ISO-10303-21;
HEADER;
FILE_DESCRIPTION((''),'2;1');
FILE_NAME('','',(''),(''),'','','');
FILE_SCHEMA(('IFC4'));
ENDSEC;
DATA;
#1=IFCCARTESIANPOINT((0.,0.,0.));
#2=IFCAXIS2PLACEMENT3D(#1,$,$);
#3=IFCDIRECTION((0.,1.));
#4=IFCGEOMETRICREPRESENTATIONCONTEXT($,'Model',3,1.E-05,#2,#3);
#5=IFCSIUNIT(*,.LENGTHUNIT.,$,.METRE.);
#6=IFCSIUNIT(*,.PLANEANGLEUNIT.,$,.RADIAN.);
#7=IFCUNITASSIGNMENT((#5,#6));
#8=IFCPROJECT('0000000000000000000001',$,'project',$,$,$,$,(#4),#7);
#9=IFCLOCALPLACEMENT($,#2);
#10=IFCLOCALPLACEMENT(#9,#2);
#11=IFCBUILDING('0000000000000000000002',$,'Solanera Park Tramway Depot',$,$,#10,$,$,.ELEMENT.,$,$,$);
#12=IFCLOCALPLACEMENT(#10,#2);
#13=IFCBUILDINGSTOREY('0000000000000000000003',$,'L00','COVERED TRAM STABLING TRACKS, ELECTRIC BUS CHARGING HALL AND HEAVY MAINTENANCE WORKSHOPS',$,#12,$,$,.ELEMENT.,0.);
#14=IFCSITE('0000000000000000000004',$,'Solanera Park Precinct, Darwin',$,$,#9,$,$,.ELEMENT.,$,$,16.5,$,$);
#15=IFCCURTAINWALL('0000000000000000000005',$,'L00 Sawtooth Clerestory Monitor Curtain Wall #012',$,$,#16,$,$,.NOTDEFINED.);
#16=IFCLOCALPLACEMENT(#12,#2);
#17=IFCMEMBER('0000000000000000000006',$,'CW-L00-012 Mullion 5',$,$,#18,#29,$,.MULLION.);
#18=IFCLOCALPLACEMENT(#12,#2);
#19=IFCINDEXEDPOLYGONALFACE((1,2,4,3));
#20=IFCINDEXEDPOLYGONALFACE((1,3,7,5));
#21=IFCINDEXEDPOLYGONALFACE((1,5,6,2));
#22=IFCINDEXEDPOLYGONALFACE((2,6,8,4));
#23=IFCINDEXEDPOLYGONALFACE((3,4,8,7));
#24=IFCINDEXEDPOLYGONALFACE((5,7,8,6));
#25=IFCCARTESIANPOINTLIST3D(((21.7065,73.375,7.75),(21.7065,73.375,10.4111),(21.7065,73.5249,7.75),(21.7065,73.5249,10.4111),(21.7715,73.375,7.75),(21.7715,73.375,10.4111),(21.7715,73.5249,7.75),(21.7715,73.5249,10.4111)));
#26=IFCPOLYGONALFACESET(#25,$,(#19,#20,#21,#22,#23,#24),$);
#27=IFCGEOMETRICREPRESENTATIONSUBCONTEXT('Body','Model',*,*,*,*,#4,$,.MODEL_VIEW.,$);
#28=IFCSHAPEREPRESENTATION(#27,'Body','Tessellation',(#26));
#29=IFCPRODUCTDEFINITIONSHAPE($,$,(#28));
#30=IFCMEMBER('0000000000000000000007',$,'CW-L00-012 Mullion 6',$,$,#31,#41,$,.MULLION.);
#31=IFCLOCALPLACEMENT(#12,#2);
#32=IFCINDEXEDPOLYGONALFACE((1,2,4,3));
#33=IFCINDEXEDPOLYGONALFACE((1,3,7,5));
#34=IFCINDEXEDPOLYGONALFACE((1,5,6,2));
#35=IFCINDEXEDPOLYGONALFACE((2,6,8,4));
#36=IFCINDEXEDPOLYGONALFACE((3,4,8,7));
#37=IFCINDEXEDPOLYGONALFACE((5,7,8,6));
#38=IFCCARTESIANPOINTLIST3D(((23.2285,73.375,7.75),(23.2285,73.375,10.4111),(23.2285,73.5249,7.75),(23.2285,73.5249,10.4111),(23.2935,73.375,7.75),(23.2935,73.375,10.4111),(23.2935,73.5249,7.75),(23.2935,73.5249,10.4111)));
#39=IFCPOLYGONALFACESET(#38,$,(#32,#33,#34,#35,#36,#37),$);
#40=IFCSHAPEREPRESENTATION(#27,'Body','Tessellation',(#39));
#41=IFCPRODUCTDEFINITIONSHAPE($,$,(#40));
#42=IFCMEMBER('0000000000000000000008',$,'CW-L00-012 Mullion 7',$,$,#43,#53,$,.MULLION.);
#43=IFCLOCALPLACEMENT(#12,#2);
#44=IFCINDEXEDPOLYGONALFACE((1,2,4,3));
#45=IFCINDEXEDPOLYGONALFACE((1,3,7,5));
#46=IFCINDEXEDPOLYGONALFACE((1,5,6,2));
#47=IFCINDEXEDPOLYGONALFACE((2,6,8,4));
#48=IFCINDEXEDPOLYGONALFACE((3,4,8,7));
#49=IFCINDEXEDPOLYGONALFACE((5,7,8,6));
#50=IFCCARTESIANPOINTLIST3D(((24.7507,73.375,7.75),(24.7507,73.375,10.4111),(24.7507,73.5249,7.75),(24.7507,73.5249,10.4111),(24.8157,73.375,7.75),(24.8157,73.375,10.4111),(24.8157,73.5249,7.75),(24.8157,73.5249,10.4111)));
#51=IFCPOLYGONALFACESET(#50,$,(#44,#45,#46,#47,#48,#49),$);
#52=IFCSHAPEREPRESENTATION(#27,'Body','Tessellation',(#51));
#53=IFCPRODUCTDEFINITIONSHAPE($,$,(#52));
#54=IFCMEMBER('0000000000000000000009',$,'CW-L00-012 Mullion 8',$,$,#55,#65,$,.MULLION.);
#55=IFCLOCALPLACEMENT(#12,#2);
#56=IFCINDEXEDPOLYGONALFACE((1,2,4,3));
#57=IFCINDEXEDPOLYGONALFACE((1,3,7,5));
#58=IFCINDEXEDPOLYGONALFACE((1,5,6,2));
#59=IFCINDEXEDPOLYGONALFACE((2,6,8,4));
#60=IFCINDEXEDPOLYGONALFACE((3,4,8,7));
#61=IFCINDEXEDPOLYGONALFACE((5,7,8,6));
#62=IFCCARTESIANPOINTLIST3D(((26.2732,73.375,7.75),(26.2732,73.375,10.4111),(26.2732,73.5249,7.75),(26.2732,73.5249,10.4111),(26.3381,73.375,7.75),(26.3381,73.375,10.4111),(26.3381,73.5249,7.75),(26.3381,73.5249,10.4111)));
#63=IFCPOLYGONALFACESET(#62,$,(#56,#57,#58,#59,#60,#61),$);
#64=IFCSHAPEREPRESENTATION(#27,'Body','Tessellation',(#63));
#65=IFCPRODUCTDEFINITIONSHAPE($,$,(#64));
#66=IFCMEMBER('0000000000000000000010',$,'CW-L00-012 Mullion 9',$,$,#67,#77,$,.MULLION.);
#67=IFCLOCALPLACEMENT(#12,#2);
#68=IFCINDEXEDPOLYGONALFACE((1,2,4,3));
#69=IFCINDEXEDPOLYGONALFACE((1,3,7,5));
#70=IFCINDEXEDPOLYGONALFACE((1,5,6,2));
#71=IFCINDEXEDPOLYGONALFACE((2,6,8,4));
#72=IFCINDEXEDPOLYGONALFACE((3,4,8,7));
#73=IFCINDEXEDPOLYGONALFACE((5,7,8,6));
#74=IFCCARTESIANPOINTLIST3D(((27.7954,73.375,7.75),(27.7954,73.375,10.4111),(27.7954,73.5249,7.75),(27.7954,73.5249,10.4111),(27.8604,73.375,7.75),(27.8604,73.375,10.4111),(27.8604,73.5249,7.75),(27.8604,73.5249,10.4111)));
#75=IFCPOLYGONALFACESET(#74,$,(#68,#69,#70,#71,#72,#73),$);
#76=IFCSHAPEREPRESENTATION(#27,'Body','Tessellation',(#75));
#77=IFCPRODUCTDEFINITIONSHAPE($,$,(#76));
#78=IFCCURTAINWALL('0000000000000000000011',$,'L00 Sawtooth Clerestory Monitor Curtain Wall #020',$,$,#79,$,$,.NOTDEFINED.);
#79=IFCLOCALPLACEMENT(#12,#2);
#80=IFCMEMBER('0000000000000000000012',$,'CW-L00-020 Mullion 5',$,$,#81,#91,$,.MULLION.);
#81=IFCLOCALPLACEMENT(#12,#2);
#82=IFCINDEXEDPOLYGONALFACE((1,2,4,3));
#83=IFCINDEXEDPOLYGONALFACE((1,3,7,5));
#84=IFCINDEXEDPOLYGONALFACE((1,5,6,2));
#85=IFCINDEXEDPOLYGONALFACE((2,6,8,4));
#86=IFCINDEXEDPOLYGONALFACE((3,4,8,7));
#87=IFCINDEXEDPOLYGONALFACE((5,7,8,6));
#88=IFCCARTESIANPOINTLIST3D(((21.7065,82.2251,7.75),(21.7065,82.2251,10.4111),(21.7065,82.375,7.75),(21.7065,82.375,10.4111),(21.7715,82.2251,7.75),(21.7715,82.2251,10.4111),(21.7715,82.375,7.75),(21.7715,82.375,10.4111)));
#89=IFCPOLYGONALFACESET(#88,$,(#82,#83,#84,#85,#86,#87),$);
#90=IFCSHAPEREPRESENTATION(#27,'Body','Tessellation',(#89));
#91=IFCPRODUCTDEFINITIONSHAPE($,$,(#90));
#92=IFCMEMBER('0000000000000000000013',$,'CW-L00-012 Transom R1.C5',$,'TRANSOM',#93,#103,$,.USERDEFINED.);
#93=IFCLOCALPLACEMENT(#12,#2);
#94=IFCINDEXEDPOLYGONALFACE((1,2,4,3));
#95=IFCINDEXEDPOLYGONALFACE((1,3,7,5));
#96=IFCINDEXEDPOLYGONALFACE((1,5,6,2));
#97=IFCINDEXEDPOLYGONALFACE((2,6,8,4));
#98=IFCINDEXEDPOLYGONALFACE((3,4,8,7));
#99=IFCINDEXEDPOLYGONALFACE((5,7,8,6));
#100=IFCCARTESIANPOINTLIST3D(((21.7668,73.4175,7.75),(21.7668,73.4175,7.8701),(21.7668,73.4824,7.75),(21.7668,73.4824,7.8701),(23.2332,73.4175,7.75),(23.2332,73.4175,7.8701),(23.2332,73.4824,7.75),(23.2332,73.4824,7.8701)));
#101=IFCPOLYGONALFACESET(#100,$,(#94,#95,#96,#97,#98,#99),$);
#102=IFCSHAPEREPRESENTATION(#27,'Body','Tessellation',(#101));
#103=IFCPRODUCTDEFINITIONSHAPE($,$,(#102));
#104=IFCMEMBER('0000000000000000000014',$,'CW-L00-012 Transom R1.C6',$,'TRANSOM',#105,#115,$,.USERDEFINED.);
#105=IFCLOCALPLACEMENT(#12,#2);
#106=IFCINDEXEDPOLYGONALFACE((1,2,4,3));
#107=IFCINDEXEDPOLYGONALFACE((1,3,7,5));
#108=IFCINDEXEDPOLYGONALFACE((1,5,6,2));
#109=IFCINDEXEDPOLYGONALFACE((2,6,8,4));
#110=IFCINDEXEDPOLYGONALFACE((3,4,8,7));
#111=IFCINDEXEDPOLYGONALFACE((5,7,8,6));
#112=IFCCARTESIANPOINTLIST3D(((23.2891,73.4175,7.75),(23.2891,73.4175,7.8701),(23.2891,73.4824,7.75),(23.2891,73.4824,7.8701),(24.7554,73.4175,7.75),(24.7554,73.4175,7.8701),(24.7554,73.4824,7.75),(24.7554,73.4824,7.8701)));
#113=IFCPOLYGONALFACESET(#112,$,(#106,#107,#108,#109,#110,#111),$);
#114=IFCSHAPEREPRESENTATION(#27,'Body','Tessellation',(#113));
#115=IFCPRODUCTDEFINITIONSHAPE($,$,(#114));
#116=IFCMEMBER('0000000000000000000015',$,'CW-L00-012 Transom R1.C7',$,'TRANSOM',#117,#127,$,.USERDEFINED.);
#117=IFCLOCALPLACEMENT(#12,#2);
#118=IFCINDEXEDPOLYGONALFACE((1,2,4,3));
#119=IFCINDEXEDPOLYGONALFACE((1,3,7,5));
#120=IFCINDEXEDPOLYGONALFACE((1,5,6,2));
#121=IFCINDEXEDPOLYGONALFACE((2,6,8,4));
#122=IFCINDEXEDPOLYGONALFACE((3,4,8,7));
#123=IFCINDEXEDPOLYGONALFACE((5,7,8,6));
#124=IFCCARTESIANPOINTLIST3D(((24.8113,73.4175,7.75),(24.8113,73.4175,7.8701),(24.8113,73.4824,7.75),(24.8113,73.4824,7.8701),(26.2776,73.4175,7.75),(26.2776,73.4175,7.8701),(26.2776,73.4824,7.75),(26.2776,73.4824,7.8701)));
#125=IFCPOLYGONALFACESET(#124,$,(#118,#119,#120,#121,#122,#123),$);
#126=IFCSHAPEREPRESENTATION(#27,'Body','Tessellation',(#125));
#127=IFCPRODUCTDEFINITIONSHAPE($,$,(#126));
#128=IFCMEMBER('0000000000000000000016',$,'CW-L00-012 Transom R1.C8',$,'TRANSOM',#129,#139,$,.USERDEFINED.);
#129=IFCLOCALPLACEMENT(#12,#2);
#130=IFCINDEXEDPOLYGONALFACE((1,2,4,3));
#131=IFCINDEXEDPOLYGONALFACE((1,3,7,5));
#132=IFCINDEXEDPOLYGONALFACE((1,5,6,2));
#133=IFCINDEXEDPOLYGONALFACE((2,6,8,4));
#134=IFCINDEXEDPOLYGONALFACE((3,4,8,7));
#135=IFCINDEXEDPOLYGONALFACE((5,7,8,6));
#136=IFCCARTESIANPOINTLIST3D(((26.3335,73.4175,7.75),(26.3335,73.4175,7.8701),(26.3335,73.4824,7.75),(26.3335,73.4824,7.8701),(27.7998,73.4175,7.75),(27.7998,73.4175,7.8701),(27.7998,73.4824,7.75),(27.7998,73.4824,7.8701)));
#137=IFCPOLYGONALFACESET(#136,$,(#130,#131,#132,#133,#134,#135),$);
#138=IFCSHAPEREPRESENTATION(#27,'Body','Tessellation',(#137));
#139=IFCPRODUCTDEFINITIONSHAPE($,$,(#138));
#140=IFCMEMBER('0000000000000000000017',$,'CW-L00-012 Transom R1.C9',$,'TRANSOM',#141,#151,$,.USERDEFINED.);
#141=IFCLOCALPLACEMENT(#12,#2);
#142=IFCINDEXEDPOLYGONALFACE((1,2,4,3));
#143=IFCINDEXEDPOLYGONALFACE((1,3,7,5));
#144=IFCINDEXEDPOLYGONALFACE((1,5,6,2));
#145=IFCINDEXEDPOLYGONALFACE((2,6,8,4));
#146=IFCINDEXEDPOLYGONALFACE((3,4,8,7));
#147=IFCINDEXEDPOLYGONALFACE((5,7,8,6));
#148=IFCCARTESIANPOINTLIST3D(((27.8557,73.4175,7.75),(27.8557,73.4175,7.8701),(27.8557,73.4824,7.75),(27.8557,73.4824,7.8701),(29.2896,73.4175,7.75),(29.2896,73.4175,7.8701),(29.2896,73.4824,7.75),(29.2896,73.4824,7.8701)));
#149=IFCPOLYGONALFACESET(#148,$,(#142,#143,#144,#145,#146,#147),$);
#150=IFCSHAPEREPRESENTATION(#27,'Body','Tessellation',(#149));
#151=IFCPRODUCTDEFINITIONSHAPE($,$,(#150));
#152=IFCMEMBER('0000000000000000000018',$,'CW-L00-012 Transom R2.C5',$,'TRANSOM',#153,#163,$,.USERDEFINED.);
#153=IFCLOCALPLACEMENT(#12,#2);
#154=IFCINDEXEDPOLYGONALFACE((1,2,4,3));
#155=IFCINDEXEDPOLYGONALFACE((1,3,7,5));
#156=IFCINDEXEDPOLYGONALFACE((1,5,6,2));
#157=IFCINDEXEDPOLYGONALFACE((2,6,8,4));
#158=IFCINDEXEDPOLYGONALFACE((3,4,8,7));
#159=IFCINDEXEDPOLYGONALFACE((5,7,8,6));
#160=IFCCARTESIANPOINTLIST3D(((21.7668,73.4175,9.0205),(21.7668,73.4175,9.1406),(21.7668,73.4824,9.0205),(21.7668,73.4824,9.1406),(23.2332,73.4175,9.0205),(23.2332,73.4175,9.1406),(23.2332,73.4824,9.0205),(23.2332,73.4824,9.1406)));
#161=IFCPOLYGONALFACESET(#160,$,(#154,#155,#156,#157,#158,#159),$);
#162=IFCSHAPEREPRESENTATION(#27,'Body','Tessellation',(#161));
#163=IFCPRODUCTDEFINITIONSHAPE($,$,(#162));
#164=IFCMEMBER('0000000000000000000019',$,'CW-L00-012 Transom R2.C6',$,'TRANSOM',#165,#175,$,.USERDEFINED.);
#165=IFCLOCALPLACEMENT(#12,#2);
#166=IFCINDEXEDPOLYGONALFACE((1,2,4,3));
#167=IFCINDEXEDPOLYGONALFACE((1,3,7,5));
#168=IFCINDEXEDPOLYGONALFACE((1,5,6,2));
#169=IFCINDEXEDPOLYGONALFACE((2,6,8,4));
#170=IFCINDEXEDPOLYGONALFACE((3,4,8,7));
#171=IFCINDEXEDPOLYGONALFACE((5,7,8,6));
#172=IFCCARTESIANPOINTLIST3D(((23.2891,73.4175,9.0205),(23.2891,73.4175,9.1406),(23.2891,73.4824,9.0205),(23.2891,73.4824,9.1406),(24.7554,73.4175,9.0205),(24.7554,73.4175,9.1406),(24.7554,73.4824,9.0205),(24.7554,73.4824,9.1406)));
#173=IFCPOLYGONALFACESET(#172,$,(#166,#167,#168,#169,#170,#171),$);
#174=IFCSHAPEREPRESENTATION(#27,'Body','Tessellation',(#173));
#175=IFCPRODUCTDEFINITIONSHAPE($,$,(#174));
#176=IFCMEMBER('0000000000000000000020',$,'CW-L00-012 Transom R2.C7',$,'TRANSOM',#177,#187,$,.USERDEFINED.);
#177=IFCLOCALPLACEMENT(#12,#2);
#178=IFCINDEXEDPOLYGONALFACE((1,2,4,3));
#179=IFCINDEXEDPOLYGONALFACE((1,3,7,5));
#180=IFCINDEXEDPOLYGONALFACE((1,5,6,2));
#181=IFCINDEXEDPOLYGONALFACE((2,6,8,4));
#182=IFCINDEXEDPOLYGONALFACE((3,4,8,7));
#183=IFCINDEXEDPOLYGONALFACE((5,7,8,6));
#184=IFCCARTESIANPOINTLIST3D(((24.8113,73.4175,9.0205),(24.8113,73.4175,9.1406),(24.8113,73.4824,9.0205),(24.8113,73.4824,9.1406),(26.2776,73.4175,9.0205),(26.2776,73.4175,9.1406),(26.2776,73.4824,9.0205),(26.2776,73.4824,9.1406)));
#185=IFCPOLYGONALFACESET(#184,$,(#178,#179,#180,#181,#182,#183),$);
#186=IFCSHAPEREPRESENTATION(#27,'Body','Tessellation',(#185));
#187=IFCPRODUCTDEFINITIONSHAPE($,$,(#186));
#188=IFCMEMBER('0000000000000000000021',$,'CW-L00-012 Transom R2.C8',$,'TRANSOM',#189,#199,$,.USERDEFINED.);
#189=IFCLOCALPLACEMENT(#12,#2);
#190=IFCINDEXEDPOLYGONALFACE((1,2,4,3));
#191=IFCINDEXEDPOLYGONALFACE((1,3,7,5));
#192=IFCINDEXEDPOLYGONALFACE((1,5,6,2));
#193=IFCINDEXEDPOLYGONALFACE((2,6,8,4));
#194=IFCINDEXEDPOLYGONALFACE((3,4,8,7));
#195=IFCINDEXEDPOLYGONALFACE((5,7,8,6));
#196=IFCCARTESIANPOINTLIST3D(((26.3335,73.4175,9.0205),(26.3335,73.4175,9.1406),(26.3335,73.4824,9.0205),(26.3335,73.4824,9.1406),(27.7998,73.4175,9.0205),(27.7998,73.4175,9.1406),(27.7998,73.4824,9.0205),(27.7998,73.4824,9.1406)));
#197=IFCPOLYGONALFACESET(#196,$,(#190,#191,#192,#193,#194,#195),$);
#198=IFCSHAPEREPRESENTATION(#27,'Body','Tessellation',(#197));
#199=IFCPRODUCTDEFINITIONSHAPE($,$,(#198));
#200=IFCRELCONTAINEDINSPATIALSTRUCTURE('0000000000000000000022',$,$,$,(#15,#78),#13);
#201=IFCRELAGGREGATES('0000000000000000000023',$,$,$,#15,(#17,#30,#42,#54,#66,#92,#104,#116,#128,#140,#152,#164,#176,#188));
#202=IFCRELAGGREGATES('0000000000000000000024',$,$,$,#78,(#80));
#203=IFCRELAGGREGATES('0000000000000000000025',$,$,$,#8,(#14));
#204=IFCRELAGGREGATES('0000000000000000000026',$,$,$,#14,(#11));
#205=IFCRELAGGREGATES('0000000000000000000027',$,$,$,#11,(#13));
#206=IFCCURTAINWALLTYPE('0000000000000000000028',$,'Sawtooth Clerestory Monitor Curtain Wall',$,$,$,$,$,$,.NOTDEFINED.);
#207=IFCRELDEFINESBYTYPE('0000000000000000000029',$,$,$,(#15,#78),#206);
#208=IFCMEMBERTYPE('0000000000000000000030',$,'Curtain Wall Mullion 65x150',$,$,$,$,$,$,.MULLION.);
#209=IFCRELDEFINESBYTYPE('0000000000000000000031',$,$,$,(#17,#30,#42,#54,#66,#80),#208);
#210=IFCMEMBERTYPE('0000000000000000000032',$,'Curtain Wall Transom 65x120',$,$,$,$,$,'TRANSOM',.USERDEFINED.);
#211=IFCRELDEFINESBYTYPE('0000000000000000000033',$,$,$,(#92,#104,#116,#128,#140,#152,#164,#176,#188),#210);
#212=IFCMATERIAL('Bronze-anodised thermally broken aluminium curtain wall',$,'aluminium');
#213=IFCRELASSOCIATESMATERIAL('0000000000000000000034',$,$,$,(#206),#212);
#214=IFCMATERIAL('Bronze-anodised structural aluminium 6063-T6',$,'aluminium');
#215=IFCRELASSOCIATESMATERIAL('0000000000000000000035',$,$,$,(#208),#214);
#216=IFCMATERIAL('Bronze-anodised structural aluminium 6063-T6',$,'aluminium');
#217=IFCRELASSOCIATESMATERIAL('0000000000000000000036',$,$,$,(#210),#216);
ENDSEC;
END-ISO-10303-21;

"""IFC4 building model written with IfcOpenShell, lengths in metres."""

from ifc_helpers import new_model, si_unit, direction, frame, origin, origin_2d, place, context, subcontext, project, spatial, rectangle, extrude, material, material_profile, profile_set, type_object, element, aggregate, save


model = new_model("IFC4")

# Units and contexts
model_context = context("Model", 3, precision=1e-05, world=origin(), true_north=direction((0.0, 1.0)))
body_context = subcontext(model_context, "Body", "Model", "MODEL_VIEW")
ifc_project = project(units=[si_unit("LENGTHUNIT", "METRE"), si_unit("PLANEANGLEUNIT", "RADIAN")], contexts=[model_context])

# Site, building, storey
site_placement = place(None, origin())
site = spatial("IfcSite", under=ifc_project, at=site_placement, Name="Solanera Park Precinct, Darwin", CompositionType="ELEMENT", RefElevation=16.5)
building_placement = place(site_placement, origin())
building = spatial("IfcBuilding", under=site, at=building_placement, Name="Solanera Park Tramway Depot", CompositionType="ELEMENT")
storey_placement = place(building_placement, origin())
storey = spatial("IfcBuildingStorey", under=building, at=storey_placement, Name="L00", Description="COVERED TRAM STABLING TRACKS, ELECTRIC BUS CHARGING HALL AND HEAVY MAINTENANCE WORKSHOPS", CompositionType="ELEMENT", Elevation=0.0)

# Curtain wall, members
ifc_material_1 = material(Name="Bronze-anodised thermally broken aluminium curtain wall", Category="aluminium")
curtain_wall_type = type_object("IfcCurtainWallType", Name="Sawtooth Clerestory Monitor Curtain Wall", PredefinedType="NOTDEFINED", material=ifc_material_1)
curtain_wall_1_placement = place(storey_placement, origin())
curtain_wall_1 = element("IfcCurtainWall", 1, at=curtain_wall_1_placement, inside=storey, type_object=curtain_wall_type, Name="L00 Sawtooth Clerestory Monitor Curtain Wall #012", PredefinedType="NOTDEFINED")
ifc_material_2 = material(Name="Bronze-anodised structural aluminium 6063-T6", Category="aluminium")
ifc_material_profile_1 = material_profile(ifc_material_2, rectangle(XDim=0.0649, YDim=0.1499, at=origin_2d()), Name="Curtain Wall Mullion 65x150")
ifc_profile_set_1 = profile_set([ifc_material_profile_1], Name="Bronze-anodised structural aluminium 6063-T6")
member_type_1 = type_object("IfcMemberType", Name="Curtain Wall Mullion 65x150", PredefinedType="MULLION", material=ifc_profile_set_1)
member_1_placement = place(storey_placement, frame((21.739, 73.45, 7.75), z_axis=(0.0, 0.0, 1.0), x_axis=(1.0, 0.0, 0.0)))
member_1 = element("IfcMember", 2, at=member_1_placement, type_object=member_type_1, Name="CW-L00-012 Mullion 5", PredefinedType="MULLION", context=body_context, shape_type="SweptSolid", body=[
    extrude(rectangle(XDim=0.0649, YDim=0.1499, at=origin_2d()), origin(), (0.0, 0.0, 1.0), 2.6611),
])
member_2_placement = place(storey_placement, frame((23.261, 73.45, 7.75), z_axis=(0.0, 0.0, 1.0), x_axis=(1.0, 0.0, 0.0)))
member_2 = element("IfcMember", 3, at=member_2_placement, type_object=member_type_1, Name="CW-L00-012 Mullion 6", PredefinedType="MULLION", context=body_context, shape_type="SweptSolid", body=[
    extrude(rectangle(XDim=0.0649, YDim=0.1499, at=origin_2d()), origin(), (0.0, 0.0, 1.0), 2.6611),
])
member_3_placement = place(storey_placement, frame((24.7832, 73.45, 7.75), z_axis=(0.0, 0.0, 1.0), x_axis=(1.0, 0.0, 0.0)))
member_3 = element("IfcMember", 4, at=member_3_placement, type_object=member_type_1, Name="CW-L00-012 Mullion 7", PredefinedType="MULLION", context=body_context, shape_type="SweptSolid", body=[
    extrude(rectangle(XDim=0.0649, YDim=0.1499, at=origin_2d()), origin(), (0.0, 0.0, 1.0), 2.6611),
])
member_4_placement = place(storey_placement, frame((26.3057, 73.45, 7.75), z_axis=(0.0, 0.0, 1.0), x_axis=(1.0, 0.0, 0.0)))
member_4 = element("IfcMember", 5, at=member_4_placement, type_object=member_type_1, Name="CW-L00-012 Mullion 8", PredefinedType="MULLION", context=body_context, shape_type="SweptSolid", body=[
    extrude(rectangle(XDim=0.0649, YDim=0.1499, at=origin_2d()), origin(), (0.0, 0.0, 1.0), 2.6611),
])
member_5_placement = place(storey_placement, frame((27.8279, 73.45, 7.75), z_axis=(0.0, 0.0, 1.0), x_axis=(1.0, 0.0, 0.0)))
member_5 = element("IfcMember", 6, at=member_5_placement, type_object=member_type_1, Name="CW-L00-012 Mullion 9", PredefinedType="MULLION", context=body_context, shape_type="SweptSolid", body=[
    extrude(rectangle(XDim=0.0649, YDim=0.1499, at=origin_2d()), origin(), (0.0, 0.0, 1.0), 2.6611),
])

# Curtain wall, member
curtain_wall_2_placement = place(storey_placement, origin())
curtain_wall_2 = element("IfcCurtainWall", 7, at=curtain_wall_2_placement, inside=storey, type_object=curtain_wall_type, Name="L00 Sawtooth Clerestory Monitor Curtain Wall #020", PredefinedType="NOTDEFINED")
member_6_placement = place(storey_placement, frame((21.739, 82.3, 7.75), z_axis=(0.0, 0.0, 1.0), x_axis=(1.0, 0.0, 0.0)))
member_6 = element("IfcMember", 8, at=member_6_placement, type_object=member_type_1, Name="CW-L00-020 Mullion 5", PredefinedType="MULLION", context=body_context, shape_type="SweptSolid", body=[
    extrude(rectangle(XDim=0.0649, YDim=0.1499, at=origin_2d()), origin(), (0.0, 0.0, 1.0), 2.6611),
])

# Members
ifc_material_3 = material(Name="Bronze-anodised structural aluminium 6063-T6", Category="aluminium")
ifc_material_profile_2 = material_profile(ifc_material_3, rectangle(XDim=0.0649, YDim=0.1201, at=origin_2d()), Name="Curtain Wall Transom 65x120")
ifc_profile_set_2 = profile_set([ifc_material_profile_2], Name="Bronze-anodised structural aluminium 6063-T6")
member_type_2 = type_object("IfcMemberType", Name="Curtain Wall Transom 65x120", ElementType="TRANSOM", PredefinedType="USERDEFINED", material=ifc_profile_set_2)
member_7_placement = place(storey_placement, frame((21.7668, 73.45, 7.8101), z_axis=(1.0, 0.0, 0.0), x_axis=(0.0, 1.0, 0.0)))
member_7 = element("IfcMember", 9, at=member_7_placement, type_object=member_type_2, Name="CW-L00-012 Transom R1.C5", ObjectType="TRANSOM", PredefinedType="USERDEFINED", context=body_context, shape_type="SweptSolid", body=[
    extrude(rectangle(XDim=0.0649, YDim=0.1201, at=origin_2d()), origin(), (0.0, 0.0, 1.0), 1.4663),
])
member_8_placement = place(storey_placement, frame((23.2891, 73.45, 7.8101), z_axis=(1.0, 0.0, 0.0), x_axis=(0.0, 1.0, 0.0)))
member_8 = element("IfcMember", 10, at=member_8_placement, type_object=member_type_2, Name="CW-L00-012 Transom R1.C6", ObjectType="TRANSOM", PredefinedType="USERDEFINED", context=body_context, shape_type="SweptSolid", body=[
    extrude(rectangle(XDim=0.0649, YDim=0.1201, at=origin_2d()), origin(), (0.0, 0.0, 1.0), 1.4663),
])
member_9_placement = place(storey_placement, frame((24.8113, 73.45, 7.8101), z_axis=(1.0, 0.0, 0.0), x_axis=(0.0, 1.0, 0.0)))
member_9 = element("IfcMember", 11, at=member_9_placement, type_object=member_type_2, Name="CW-L00-012 Transom R1.C7", ObjectType="TRANSOM", PredefinedType="USERDEFINED", context=body_context, shape_type="SweptSolid", body=[
    extrude(rectangle(XDim=0.0649, YDim=0.1201, at=origin_2d()), origin(), (0.0, 0.0, 1.0), 1.4663),
])
member_10_placement = place(storey_placement, frame((26.3335, 73.45, 7.8101), z_axis=(1.0, 0.0, 0.0), x_axis=(0.0, 1.0, 0.0)))
member_10 = element("IfcMember", 12, at=member_10_placement, type_object=member_type_2, Name="CW-L00-012 Transom R1.C8", ObjectType="TRANSOM", PredefinedType="USERDEFINED", context=body_context, shape_type="SweptSolid", body=[
    extrude(rectangle(XDim=0.0649, YDim=0.1201, at=origin_2d()), origin(), (0.0, 0.0, 1.0), 1.4663),
])
member_11_placement = place(storey_placement, frame((27.8557, 73.45, 7.8101), z_axis=(1.0, 0.0, 0.0), x_axis=(0.0, 1.0, 0.0)))
member_11 = element("IfcMember", 13, at=member_11_placement, type_object=member_type_2, Name="CW-L00-012 Transom R1.C9", ObjectType="TRANSOM", PredefinedType="USERDEFINED", context=body_context, shape_type="SweptSolid", body=[
    extrude(rectangle(XDim=0.0649, YDim=0.1201, at=origin_2d()), origin(), (0.0, 0.0, 1.0), 1.4338),
])
member_12_placement = place(storey_placement, frame((21.7668, 73.45, 9.0806), z_axis=(1.0, 0.0, 0.0), x_axis=(0.0, 1.0, 0.0)))
member_12 = element("IfcMember", 14, at=member_12_placement, type_object=member_type_2, Name="CW-L00-012 Transom R2.C5", ObjectType="TRANSOM", PredefinedType="USERDEFINED", context=body_context, shape_type="SweptSolid", body=[
    extrude(rectangle(XDim=0.0649, YDim=0.1201, at=origin_2d()), origin(), (0.0, 0.0, 1.0), 1.4663),
])
member_13_placement = place(storey_placement, frame((23.2891, 73.45, 9.0806), z_axis=(1.0, 0.0, 0.0), x_axis=(0.0, 1.0, 0.0)))
member_13 = element("IfcMember", 15, at=member_13_placement, type_object=member_type_2, Name="CW-L00-012 Transom R2.C6", ObjectType="TRANSOM", PredefinedType="USERDEFINED", context=body_context, shape_type="SweptSolid", body=[
    extrude(rectangle(XDim=0.0649, YDim=0.1201, at=origin_2d()), origin(), (0.0, 0.0, 1.0), 1.4663),
])
member_14_placement = place(storey_placement, frame((24.8113, 73.45, 9.0806), z_axis=(1.0, 0.0, 0.0), x_axis=(0.0, 1.0, 0.0)))
member_14 = element("IfcMember", 16, at=member_14_placement, type_object=member_type_2, Name="CW-L00-012 Transom R2.C7", ObjectType="TRANSOM", PredefinedType="USERDEFINED", context=body_context, shape_type="SweptSolid", body=[
    extrude(rectangle(XDim=0.0649, YDim=0.1201, at=origin_2d()), origin(), (0.0, 0.0, 1.0), 1.4663),
])
member_15_placement = place(storey_placement, frame((26.3335, 73.45, 9.0806), z_axis=(1.0, 0.0, 0.0), x_axis=(0.0, 1.0, 0.0)))
member_15 = element("IfcMember", 17, at=member_15_placement, type_object=member_type_2, Name="CW-L00-012 Transom R2.C8", ObjectType="TRANSOM", PredefinedType="USERDEFINED", context=body_context, shape_type="SweptSolid", body=[
    extrude(rectangle(XDim=0.0649, YDim=0.1201, at=origin_2d()), origin(), (0.0, 0.0, 1.0), 1.4663),
])

aggregate(curtain_wall_1, [member_1, member_2, member_3, member_4, member_5, member_7, member_8, member_9, member_10, member_11, member_12, member_13, member_14, member_15])
aggregate(curtain_wall_2, [member_6])

save(model, "model.ifc")
